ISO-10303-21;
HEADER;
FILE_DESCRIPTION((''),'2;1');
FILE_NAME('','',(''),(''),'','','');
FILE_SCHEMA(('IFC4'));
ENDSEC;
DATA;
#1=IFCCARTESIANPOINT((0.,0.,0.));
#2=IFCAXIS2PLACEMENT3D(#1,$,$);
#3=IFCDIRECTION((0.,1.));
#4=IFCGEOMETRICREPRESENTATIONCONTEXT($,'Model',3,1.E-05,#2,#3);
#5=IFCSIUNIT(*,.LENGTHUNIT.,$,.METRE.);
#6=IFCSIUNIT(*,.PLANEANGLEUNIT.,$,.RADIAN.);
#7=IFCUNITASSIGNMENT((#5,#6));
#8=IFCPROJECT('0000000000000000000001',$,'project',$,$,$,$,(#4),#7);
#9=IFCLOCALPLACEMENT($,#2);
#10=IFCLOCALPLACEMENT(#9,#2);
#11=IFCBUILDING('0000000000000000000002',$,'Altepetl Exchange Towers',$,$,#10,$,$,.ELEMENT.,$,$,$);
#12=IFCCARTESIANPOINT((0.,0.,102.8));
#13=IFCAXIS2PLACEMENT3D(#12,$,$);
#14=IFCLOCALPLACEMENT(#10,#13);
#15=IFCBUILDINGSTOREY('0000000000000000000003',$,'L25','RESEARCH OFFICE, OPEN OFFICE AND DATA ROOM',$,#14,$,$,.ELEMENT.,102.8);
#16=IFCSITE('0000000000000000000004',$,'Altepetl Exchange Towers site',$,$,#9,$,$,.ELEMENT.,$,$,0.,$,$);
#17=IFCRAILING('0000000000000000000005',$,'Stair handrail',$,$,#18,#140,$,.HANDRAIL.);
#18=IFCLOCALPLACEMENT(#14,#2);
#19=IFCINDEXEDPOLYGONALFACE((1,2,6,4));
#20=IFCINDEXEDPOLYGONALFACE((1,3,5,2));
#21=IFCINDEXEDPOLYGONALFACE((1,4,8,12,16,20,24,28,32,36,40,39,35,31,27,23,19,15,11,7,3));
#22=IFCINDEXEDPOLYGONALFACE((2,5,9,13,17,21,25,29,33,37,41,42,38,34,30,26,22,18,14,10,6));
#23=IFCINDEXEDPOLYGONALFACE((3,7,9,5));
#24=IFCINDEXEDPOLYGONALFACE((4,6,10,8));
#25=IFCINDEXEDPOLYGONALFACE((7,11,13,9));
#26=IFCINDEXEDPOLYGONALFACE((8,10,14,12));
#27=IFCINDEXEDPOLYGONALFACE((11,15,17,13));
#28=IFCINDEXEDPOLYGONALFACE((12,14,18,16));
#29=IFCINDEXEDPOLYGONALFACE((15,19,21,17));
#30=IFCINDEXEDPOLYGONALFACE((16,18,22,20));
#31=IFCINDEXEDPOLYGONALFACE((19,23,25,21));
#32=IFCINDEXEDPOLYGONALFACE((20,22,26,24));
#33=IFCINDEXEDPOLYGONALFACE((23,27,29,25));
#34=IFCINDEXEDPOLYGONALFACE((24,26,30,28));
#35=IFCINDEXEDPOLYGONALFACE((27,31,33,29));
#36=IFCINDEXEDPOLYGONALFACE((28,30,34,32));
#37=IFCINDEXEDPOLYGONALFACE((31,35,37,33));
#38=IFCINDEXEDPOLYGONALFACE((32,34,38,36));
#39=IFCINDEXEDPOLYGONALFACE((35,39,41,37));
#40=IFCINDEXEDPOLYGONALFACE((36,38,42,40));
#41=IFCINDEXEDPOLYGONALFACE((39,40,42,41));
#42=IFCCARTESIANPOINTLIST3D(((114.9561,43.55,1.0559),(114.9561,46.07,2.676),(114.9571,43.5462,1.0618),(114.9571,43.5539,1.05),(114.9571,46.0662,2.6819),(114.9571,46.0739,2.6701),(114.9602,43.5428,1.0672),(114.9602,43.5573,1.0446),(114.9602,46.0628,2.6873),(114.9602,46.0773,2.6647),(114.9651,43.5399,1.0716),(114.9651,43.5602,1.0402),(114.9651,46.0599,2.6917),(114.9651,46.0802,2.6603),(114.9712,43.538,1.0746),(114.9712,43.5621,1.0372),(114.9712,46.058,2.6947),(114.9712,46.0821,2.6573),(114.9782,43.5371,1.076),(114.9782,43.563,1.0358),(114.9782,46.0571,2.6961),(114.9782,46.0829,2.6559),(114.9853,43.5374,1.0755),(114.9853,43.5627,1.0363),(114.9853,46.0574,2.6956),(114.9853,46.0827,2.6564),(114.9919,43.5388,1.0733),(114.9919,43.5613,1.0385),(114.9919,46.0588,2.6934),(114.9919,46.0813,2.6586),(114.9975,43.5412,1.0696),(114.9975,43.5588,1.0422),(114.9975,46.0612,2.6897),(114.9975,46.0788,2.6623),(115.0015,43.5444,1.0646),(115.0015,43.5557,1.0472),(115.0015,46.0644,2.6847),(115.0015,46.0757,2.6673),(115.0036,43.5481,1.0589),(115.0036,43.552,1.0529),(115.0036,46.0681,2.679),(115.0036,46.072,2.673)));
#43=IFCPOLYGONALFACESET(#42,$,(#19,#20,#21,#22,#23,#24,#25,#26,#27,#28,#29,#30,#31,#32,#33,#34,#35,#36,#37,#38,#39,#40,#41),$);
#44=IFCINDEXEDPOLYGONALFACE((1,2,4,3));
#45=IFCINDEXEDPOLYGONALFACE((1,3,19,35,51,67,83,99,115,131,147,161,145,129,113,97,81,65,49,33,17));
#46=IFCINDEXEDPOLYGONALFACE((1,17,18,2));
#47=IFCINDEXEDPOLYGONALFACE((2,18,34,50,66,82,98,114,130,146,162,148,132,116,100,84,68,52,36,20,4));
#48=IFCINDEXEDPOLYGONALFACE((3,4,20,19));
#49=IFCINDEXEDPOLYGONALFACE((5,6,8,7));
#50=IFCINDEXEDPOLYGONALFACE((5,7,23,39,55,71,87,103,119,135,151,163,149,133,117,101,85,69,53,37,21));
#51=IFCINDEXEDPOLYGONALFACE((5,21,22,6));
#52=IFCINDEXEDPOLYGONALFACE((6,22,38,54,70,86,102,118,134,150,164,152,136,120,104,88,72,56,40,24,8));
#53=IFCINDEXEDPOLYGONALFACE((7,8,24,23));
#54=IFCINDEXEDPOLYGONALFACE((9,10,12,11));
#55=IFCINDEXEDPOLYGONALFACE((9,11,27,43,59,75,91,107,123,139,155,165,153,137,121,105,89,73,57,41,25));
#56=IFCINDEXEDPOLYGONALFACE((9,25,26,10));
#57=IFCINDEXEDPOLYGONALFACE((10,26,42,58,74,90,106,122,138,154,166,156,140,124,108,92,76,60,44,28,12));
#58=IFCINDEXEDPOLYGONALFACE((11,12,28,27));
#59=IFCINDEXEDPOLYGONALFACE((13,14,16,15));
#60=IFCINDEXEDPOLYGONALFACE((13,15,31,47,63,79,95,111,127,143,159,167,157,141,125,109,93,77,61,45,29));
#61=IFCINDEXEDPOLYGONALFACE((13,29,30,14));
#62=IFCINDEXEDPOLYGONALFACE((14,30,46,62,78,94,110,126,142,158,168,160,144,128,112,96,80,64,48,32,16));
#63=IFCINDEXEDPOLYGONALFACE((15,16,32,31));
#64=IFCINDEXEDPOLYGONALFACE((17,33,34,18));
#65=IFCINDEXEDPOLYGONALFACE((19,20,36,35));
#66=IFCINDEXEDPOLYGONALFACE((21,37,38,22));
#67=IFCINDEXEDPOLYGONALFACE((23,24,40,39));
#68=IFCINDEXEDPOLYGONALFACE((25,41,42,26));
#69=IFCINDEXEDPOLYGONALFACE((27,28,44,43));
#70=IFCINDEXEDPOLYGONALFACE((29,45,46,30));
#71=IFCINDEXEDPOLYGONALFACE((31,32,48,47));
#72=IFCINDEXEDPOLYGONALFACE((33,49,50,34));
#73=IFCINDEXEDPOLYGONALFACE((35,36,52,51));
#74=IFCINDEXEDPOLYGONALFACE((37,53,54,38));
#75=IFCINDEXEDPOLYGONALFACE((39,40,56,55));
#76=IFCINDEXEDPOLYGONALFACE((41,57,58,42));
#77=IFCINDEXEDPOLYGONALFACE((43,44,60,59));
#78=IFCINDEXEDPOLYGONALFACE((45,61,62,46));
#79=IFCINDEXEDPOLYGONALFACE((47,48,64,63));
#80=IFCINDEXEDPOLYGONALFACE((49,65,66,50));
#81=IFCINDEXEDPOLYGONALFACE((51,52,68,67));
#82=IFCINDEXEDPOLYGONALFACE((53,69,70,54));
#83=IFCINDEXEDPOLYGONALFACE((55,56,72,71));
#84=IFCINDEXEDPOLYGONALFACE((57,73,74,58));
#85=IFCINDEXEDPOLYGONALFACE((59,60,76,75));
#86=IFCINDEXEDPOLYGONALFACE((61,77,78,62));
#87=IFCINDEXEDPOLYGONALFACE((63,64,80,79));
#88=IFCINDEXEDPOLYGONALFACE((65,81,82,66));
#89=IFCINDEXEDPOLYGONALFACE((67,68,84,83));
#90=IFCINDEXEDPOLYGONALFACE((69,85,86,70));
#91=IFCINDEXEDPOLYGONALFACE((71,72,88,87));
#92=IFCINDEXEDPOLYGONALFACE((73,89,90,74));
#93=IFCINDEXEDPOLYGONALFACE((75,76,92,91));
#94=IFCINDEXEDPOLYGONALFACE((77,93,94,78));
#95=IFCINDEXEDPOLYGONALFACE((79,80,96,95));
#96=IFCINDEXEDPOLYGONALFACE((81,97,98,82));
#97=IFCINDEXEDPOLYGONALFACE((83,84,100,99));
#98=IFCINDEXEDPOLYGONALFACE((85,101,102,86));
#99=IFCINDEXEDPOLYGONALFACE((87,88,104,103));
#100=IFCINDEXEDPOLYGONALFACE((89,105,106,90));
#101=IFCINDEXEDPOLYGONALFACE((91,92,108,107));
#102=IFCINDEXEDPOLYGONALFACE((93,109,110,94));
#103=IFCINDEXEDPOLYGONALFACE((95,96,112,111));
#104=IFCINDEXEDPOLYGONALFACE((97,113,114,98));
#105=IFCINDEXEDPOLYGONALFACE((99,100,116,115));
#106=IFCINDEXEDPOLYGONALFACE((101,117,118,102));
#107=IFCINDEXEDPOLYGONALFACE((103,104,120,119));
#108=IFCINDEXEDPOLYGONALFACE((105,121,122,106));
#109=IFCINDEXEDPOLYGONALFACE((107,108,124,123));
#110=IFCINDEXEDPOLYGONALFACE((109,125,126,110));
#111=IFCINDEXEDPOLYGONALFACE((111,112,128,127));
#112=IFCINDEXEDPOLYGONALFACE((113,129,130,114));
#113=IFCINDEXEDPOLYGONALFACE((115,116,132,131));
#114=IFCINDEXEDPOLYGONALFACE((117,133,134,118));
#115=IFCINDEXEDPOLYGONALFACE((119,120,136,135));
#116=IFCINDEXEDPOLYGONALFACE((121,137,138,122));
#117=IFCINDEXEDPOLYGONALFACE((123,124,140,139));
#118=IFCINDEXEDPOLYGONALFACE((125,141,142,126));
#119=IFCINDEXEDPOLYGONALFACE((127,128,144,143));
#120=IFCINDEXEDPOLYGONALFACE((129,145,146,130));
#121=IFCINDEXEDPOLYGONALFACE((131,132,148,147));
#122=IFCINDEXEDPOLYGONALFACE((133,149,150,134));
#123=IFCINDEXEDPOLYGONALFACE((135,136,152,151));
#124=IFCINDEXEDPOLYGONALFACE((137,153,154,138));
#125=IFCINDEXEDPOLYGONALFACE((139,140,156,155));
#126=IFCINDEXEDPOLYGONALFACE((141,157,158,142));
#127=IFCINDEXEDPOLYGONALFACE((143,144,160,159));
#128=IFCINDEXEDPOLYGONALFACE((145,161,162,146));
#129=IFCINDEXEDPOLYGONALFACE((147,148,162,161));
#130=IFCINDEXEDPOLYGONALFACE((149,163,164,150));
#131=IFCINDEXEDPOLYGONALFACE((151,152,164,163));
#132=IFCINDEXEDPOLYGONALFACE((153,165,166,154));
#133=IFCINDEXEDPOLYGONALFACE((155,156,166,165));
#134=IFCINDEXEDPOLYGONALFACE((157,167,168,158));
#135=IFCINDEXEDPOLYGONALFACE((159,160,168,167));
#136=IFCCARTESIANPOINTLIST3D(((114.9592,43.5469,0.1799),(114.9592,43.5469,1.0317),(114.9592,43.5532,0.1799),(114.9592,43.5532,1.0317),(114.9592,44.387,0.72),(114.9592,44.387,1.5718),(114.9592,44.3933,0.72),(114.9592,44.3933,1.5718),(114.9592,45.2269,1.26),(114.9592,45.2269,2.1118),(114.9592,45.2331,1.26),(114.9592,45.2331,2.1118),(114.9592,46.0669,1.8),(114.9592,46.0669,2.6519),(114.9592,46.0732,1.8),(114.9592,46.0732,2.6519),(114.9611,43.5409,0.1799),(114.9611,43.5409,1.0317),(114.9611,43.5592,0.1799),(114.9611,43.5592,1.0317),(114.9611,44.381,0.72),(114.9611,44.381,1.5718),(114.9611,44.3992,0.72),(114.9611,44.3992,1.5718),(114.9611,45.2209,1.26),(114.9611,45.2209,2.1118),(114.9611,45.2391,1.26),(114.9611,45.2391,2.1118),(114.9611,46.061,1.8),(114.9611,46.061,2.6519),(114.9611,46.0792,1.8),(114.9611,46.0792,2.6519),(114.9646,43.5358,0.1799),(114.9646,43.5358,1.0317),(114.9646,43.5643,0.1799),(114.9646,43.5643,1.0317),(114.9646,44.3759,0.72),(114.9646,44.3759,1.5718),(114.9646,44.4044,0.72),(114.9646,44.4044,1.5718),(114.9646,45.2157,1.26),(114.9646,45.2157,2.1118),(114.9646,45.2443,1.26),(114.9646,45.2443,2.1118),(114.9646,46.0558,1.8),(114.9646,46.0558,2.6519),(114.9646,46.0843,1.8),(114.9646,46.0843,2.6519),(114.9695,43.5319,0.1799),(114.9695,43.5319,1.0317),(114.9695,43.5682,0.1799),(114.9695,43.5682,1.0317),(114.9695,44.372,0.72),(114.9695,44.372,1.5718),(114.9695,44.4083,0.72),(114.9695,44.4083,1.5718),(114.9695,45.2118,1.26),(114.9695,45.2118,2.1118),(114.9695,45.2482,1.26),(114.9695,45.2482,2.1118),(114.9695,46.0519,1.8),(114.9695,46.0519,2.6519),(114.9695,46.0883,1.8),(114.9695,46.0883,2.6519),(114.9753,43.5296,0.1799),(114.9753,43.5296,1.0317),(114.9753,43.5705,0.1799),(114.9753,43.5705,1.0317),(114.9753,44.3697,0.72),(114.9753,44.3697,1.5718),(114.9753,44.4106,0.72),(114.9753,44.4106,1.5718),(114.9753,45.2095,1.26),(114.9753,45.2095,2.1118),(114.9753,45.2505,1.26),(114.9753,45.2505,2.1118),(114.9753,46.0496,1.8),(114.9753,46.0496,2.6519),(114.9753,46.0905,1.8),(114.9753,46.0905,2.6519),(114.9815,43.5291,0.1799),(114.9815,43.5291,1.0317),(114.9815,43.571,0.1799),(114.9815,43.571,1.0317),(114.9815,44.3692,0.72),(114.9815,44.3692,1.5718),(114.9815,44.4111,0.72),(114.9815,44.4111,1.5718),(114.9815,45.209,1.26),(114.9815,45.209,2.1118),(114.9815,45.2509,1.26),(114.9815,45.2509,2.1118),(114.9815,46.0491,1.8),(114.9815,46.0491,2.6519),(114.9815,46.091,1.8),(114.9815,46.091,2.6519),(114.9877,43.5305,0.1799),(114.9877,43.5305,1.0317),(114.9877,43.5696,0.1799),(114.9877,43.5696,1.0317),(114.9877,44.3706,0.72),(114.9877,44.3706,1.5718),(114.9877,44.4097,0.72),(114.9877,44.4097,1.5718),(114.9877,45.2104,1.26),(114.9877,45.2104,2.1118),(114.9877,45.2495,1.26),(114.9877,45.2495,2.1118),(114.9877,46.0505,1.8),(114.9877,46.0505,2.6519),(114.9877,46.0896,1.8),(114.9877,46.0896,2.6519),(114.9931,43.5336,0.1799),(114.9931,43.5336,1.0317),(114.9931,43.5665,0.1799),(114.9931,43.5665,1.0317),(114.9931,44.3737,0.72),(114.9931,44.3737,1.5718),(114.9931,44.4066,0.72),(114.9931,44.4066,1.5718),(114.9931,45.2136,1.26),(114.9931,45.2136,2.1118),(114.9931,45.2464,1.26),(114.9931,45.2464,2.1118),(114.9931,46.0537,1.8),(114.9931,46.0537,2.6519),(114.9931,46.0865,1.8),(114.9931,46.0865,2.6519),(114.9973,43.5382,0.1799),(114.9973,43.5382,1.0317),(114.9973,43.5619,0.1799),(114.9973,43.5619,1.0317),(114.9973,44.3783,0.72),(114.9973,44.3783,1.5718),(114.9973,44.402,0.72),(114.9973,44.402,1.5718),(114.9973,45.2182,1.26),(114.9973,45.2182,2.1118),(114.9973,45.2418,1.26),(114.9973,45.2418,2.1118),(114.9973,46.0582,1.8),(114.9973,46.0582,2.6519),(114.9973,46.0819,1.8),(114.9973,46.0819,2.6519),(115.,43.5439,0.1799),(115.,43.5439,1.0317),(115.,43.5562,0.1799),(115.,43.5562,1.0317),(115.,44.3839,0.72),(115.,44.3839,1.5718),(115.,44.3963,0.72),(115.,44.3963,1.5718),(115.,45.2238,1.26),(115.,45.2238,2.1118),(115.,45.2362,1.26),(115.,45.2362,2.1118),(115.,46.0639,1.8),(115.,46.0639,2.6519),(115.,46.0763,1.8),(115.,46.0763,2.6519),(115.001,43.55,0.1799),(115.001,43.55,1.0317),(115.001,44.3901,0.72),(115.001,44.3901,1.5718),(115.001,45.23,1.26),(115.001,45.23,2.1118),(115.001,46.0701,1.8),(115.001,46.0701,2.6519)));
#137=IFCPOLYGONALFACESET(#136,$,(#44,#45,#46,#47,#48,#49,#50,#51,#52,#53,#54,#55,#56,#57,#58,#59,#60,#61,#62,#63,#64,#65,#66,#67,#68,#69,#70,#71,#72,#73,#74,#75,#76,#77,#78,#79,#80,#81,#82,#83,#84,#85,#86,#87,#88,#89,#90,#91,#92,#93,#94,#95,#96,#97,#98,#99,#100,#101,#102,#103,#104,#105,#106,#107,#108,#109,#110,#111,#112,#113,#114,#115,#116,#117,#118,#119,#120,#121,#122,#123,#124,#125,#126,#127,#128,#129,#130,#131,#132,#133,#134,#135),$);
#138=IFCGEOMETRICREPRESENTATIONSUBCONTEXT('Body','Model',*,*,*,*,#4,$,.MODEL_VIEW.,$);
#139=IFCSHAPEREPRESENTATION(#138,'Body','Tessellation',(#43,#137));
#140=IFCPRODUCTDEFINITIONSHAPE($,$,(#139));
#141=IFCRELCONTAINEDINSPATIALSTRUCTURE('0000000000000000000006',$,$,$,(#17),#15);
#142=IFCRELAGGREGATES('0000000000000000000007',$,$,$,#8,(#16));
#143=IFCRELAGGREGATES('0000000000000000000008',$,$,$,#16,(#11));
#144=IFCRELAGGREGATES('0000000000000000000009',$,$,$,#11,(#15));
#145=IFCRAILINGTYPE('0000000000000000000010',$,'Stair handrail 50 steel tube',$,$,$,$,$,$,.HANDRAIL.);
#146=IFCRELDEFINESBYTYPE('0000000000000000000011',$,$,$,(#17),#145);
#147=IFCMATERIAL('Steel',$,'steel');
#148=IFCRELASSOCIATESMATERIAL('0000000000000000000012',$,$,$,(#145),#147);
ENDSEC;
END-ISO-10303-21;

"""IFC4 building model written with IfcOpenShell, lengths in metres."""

from ifc_helpers import new_model, si_unit, direction, frame, origin, origin_2d, place, context, subcontext, project, spatial, circle, extrude, source, transform, mapped, material, type_object, element, save


model = new_model("IFC4")

# Units and contexts
model_context = context("Model", 3, precision=1e-05, world=origin(), true_north=direction((0.0, 1.0)))
body_context = subcontext(model_context, "Body", "Model", "MODEL_VIEW")
ifc_project = project(units=[si_unit("LENGTHUNIT", "METRE"), si_unit("PLANEANGLEUNIT", "RADIAN")], contexts=[model_context])

# Site, building, storey
site_placement = place(None, origin())
site = spatial("IfcSite", under=ifc_project, at=site_placement, Name="Altepetl Exchange Towers site", CompositionType="ELEMENT", RefElevation=0.0)
building_placement = place(site_placement, origin())
building = spatial("IfcBuilding", under=site, at=building_placement, Name="Altepetl Exchange Towers", CompositionType="ELEMENT")
storey_placement = place(building_placement, frame((0.0, 0.0, 102.8)))
storey = spatial("IfcBuildingStorey", under=building, at=storey_placement, Name="L25", Description="RESEARCH OFFICE, OPEN OFFICE AND DATA ROOM", CompositionType="ELEMENT", Elevation=102.8)

# Railing
ifc_material_1 = material(Name="Steel", Category="steel")
railing_type = type_object("IfcRailingType", Name="Stair handrail 50 steel tube", PredefinedType="HANDRAIL", material=ifc_material_1)
shared_shape = source(origin(), body_context, "Body", "SweptSolid", [
    extrude(circle(Radius=0.021, at=origin_2d()), origin(), (0.0, 0.0, 1.0), 0.8518),
])
railing_1_placement = place(storey_placement, frame((114.98, 43.55, 0.1799)))
element("IfcRailing", 1, at=railing_1_placement, inside=storey, type_object=railing_type, Name="Stair handrail", PredefinedType="HANDRAIL", context=body_context, shape_type="SweptSolid", body=[
    extrude(circle(Radius=0.0239, at=origin_2d()), frame((0.0, 0.0, 0.876), z_axis=(0.0, 0.841163, 0.540782), x_axis=(-1.0, 0.0, 0.0)), (0.0, 0.0, 1.0), 2.9958),
    mapped(shared_shape, transform((0.0, 0.0, 0.0))),
    mapped(shared_shape, transform((0.0, 0.8401, 0.54))),
    mapped(shared_shape, transform((0.0, 1.6799, 1.0801))),
    mapped(shared_shape, transform((0.0, 2.52, 1.6201))),
])

save(model, "model.ifc")
